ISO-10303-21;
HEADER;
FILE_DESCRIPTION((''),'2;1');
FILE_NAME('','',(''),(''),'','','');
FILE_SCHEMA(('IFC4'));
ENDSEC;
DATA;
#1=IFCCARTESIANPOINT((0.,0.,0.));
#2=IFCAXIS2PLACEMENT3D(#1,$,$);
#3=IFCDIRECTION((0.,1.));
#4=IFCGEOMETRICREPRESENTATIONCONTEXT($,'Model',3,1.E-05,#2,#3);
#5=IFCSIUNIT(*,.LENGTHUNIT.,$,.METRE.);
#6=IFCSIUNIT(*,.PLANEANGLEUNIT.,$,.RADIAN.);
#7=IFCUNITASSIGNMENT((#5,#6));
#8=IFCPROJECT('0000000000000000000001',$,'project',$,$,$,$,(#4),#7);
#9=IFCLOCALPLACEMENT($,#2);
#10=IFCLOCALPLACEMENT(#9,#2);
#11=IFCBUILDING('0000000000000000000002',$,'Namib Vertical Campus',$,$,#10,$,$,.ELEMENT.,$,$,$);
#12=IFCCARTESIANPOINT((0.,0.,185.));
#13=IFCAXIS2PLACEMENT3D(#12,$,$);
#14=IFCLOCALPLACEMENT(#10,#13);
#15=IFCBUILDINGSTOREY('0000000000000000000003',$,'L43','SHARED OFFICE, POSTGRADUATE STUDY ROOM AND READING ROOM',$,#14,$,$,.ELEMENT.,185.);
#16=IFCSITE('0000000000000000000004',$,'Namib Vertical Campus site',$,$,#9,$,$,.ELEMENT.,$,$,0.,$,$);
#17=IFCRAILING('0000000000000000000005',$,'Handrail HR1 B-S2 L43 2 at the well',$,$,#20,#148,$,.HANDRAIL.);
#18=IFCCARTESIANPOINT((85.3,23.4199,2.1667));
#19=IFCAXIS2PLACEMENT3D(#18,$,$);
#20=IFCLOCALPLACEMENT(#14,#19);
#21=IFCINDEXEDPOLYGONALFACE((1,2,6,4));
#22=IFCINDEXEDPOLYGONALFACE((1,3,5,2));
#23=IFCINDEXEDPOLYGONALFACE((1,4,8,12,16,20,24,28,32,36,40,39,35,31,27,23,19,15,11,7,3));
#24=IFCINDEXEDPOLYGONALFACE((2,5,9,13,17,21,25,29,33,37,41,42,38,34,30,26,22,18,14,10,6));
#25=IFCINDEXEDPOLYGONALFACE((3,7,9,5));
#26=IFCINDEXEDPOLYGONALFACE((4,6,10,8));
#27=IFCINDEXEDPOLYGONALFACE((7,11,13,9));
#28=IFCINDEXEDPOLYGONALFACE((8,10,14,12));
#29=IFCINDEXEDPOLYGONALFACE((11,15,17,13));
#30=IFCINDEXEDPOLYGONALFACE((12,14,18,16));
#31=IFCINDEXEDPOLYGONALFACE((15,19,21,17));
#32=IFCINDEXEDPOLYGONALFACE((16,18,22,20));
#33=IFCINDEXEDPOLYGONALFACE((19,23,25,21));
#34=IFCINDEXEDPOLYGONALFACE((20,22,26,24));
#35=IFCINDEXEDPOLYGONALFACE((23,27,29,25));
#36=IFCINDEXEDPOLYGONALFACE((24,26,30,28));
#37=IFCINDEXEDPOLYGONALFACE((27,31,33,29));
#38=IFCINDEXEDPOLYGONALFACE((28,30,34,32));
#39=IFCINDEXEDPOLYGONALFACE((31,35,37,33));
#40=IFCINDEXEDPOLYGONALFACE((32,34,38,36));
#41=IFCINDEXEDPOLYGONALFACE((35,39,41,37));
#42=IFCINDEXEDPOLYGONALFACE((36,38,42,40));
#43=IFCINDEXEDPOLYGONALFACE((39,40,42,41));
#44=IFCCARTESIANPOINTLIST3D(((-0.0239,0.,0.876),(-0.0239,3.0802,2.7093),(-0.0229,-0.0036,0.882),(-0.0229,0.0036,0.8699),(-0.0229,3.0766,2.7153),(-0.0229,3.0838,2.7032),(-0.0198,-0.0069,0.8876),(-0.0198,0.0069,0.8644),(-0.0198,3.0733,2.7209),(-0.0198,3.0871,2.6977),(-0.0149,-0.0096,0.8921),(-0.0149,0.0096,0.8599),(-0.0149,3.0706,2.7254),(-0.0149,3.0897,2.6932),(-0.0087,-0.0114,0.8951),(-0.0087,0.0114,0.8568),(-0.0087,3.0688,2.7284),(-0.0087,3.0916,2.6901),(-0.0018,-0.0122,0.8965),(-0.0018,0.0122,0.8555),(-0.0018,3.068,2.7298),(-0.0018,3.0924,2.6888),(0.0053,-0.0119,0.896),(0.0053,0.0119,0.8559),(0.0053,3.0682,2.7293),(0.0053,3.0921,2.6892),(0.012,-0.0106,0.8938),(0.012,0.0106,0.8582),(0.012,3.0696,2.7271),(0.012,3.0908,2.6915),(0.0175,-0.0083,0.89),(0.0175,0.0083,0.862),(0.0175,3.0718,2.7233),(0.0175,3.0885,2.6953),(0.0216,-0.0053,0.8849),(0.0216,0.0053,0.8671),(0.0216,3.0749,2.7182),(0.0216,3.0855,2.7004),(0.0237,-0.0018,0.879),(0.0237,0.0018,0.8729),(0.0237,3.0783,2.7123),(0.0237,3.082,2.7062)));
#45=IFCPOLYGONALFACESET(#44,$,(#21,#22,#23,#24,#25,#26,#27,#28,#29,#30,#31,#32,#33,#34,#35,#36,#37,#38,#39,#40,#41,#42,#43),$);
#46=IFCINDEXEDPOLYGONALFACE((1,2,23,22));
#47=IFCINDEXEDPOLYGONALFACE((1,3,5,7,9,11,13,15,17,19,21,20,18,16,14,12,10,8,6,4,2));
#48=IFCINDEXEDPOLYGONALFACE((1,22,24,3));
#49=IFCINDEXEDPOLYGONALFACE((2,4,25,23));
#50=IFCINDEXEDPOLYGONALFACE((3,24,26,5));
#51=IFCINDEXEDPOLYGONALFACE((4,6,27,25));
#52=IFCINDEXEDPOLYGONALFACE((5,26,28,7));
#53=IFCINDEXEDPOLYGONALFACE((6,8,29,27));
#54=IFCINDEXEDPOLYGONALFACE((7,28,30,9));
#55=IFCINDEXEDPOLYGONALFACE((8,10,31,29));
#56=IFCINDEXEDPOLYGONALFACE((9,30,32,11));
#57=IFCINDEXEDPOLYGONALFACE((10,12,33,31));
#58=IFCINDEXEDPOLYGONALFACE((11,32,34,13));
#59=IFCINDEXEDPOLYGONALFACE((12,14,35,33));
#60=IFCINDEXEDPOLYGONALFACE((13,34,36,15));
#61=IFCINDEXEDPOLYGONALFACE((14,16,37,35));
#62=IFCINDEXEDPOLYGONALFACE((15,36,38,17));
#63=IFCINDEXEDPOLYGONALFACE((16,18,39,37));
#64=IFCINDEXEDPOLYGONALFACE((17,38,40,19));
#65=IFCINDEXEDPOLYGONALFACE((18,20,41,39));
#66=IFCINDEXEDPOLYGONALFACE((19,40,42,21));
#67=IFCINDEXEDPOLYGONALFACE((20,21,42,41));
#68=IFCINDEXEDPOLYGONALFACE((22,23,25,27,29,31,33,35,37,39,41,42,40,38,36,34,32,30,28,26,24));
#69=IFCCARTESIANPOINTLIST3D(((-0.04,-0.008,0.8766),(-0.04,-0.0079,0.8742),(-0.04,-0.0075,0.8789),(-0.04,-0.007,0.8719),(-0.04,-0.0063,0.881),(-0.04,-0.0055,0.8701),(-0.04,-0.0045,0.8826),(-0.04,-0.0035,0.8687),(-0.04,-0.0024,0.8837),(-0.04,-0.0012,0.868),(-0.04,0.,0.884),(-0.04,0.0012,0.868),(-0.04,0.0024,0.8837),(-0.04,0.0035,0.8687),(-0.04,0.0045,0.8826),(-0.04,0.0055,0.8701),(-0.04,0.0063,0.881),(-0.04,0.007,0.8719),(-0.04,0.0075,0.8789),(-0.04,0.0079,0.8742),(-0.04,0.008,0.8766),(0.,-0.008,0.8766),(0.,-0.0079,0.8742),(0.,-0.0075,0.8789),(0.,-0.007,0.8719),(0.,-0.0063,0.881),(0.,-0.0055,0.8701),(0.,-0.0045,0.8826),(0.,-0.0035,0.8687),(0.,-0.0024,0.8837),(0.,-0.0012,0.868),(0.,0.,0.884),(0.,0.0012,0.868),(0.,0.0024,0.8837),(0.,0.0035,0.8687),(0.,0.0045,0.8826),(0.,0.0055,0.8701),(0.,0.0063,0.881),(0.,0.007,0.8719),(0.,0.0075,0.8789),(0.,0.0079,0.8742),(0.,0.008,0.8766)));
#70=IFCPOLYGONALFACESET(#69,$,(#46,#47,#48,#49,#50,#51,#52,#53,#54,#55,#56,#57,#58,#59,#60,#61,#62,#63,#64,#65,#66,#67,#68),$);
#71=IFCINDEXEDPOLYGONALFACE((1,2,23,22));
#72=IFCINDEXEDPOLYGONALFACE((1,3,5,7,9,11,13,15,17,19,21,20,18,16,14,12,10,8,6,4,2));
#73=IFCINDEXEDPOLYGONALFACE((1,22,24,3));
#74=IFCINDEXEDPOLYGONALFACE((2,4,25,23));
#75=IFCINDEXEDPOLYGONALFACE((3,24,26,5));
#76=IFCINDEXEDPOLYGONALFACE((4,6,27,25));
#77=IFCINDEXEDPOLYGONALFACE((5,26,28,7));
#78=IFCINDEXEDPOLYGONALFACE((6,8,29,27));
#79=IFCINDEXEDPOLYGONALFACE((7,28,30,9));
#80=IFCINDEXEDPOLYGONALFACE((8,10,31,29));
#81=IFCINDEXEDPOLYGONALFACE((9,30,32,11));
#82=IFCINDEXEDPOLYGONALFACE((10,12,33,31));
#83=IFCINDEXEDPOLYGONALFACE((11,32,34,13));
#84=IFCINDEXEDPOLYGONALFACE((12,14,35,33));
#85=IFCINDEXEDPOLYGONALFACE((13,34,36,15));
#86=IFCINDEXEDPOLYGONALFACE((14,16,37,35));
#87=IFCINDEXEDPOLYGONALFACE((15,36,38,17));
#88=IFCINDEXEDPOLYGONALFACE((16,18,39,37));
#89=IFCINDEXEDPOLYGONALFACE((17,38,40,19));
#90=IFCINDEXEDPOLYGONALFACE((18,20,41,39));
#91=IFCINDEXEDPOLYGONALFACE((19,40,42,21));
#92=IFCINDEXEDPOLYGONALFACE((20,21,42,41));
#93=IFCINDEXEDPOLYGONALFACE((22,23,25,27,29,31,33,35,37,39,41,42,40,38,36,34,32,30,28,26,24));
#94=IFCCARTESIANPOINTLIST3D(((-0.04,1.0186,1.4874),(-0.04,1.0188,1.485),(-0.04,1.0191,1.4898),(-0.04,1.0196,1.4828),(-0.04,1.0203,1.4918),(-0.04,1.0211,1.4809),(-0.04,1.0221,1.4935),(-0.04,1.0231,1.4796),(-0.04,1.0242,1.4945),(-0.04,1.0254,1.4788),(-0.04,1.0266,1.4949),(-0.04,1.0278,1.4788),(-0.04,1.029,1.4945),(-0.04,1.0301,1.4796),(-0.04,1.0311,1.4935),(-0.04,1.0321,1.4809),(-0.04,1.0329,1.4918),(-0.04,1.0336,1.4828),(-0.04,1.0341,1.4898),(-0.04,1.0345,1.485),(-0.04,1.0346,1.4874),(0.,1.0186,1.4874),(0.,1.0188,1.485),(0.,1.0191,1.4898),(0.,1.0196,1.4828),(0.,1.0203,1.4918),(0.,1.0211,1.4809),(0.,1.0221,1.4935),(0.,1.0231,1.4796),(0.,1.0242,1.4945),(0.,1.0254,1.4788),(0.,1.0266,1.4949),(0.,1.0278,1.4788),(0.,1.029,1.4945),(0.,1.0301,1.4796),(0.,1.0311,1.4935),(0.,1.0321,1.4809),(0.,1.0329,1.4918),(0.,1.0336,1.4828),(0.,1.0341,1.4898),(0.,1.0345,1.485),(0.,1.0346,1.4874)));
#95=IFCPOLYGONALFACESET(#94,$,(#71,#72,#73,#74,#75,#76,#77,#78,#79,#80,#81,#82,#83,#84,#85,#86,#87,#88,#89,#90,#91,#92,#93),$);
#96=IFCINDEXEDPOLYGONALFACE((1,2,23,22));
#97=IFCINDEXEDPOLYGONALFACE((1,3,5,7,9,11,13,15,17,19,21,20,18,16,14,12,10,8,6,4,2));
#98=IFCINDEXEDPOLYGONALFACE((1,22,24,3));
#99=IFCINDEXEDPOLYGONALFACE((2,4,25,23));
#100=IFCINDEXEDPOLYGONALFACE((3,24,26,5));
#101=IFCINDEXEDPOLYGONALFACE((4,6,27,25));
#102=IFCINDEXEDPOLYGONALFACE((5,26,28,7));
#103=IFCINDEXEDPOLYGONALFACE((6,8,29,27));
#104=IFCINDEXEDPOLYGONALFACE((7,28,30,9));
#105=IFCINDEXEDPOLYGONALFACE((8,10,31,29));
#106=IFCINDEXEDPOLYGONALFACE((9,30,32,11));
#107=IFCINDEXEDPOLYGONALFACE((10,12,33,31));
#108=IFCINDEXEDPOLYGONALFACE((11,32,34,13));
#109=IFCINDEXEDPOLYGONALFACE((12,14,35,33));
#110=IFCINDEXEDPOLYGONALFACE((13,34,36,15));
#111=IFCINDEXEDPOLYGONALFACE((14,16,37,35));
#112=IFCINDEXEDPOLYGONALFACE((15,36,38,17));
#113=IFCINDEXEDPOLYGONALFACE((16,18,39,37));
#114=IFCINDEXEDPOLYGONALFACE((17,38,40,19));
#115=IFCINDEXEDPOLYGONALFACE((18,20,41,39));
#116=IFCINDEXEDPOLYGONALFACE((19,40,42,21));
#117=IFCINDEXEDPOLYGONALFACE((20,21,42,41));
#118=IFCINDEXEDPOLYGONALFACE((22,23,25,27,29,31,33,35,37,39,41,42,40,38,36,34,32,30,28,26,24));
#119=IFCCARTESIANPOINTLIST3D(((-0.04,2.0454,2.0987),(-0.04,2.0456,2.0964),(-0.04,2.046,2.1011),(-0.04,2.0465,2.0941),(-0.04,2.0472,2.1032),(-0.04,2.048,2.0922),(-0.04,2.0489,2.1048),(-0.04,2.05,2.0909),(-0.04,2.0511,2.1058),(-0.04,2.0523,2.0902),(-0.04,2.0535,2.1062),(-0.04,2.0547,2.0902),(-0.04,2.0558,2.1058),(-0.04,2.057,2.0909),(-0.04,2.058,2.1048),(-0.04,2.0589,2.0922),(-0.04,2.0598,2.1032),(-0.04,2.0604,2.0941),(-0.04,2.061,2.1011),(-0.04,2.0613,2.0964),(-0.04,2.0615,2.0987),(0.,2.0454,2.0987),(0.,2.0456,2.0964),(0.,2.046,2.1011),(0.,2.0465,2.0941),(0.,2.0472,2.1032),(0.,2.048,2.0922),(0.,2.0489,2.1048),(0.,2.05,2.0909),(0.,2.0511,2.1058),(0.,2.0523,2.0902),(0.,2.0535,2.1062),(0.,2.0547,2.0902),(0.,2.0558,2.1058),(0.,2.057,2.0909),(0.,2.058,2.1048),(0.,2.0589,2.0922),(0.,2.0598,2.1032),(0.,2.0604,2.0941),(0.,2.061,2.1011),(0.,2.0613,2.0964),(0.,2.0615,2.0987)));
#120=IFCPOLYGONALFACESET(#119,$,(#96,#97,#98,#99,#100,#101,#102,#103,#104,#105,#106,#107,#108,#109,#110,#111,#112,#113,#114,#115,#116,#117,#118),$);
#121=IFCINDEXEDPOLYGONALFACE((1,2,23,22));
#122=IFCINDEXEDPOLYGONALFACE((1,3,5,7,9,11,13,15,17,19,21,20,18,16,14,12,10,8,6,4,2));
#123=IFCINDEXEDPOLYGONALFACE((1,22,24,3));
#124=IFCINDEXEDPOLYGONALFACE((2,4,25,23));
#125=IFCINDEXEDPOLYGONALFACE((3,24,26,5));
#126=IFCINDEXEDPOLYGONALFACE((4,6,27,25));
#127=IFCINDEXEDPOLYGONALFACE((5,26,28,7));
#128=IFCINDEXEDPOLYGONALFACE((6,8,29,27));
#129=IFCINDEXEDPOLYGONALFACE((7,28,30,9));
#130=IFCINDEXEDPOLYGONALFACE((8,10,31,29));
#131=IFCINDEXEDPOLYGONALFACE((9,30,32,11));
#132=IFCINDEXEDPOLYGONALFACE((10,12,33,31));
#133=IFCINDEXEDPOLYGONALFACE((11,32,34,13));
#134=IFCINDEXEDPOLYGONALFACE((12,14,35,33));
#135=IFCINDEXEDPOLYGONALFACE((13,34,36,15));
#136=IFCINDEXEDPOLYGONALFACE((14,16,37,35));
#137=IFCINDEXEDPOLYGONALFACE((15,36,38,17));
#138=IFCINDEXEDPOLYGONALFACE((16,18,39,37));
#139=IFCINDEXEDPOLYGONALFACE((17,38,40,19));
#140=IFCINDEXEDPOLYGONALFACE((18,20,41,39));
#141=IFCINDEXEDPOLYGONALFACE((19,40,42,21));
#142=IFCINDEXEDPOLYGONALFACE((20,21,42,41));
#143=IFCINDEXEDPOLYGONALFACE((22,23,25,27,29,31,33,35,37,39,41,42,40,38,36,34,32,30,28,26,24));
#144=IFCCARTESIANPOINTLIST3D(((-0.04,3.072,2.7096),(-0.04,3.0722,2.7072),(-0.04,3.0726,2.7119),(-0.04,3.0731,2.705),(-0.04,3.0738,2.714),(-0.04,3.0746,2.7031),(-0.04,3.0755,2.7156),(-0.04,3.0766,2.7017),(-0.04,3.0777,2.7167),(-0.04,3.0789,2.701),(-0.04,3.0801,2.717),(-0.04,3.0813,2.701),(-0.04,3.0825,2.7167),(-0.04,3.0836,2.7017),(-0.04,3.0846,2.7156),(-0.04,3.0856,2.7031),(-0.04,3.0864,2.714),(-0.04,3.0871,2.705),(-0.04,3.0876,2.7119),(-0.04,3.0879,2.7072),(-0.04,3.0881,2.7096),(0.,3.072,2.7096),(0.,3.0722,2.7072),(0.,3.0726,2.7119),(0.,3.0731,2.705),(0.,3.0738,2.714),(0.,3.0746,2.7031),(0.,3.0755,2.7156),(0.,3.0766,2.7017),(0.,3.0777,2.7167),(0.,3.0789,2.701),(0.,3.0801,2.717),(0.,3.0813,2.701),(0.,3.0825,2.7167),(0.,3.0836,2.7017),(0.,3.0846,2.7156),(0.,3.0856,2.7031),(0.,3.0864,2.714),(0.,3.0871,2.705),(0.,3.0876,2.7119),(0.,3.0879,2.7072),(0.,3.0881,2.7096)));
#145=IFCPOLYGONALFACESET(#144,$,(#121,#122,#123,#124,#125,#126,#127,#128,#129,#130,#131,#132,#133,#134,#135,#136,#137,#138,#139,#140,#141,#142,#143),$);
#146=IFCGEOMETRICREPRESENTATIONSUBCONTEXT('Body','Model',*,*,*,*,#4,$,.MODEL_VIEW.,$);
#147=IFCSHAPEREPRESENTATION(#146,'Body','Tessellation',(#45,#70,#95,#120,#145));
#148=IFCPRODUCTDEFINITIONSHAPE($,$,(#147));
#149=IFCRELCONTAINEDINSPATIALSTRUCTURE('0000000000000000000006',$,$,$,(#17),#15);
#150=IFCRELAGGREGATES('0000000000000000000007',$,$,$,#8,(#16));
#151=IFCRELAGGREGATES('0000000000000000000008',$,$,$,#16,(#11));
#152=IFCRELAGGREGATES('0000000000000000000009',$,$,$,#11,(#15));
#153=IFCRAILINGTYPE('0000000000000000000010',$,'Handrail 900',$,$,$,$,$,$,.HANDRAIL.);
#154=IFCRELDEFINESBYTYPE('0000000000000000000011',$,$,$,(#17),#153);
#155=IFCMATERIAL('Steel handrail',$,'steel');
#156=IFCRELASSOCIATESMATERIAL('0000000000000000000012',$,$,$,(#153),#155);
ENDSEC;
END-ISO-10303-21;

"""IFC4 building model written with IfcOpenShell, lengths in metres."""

from ifc_helpers import new_model, si_unit, direction, frame, origin, origin_2d, place, context, subcontext, project, spatial, circle, extrude, material, type_object, element, save


model = new_model("IFC4")

# Units and contexts
model_context = context("Model", 3, precision=1e-05, world=origin(), true_north=direction((0.0, 1.0)))
body_context = subcontext(model_context, "Body", "Model", "MODEL_VIEW")
ifc_project = project(units=[si_unit("LENGTHUNIT", "METRE"), si_unit("PLANEANGLEUNIT", "RADIAN")], contexts=[model_context])

# Site, building, storey
site_placement = place(None, origin())
site = spatial("IfcSite", under=ifc_project, at=site_placement, Name="Namib Vertical Campus site", CompositionType="ELEMENT", RefElevation=0.0)
building_placement = place(site_placement, origin())
building = spatial("IfcBuilding", under=site, at=building_placement, Name="Namib Vertical Campus", CompositionType="ELEMENT")
storey_placement = place(building_placement, frame((0.0, 0.0, 185.0)))
storey = spatial("IfcBuildingStorey", under=building, at=storey_placement, Name="L43", Description="SHARED OFFICE, POSTGRADUATE STUDY ROOM AND READING ROOM", CompositionType="ELEMENT", Elevation=185.0)

# Railing
ifc_material_1 = material(Name="Steel handrail", Category="steel")
railing_type_1 = type_object("IfcRailingType", Name="Handrail 900", PredefinedType="HANDRAIL", material=ifc_material_1)
railing_1_placement = place(storey_placement, frame((85.3, 23.4199, 2.1667)))
element("IfcRailing", 1, at=railing_1_placement, inside=storey, type_object=railing_type_1, Name="Handrail HR1 B-S2 L43 2 at the well", PredefinedType="HANDRAIL", context=body_context, shape_type="SweptSolid", body=[
    extrude(circle(Radius=0.0239, at=origin_2d()), frame((0.0, 0.0, 0.876), z_axis=(0.0, 0.859309, 0.511458), x_axis=(-1.0, 0.0, 0.0)), (0.0, 0.0, 1.0), 3.5845),
    extrude(circle(Radius=0.0081, at=origin_2d()), frame((0.0, 0.0, 0.876), z_axis=(-1.0, 0.0, 0.0), x_axis=(0.0, 0.0, 1.0)), (0.0, 0.0, 1.0), 0.04),
    extrude(circle(Radius=0.0081, at=origin_2d()), frame((0.0, 1.0266, 1.4868), z_axis=(-1.0, 0.0, 0.0), x_axis=(0.0, 0.0, 1.0)), (0.0, 0.0, 1.0), 0.04),
    extrude(circle(Radius=0.0081, at=origin_2d()), frame((0.0, 2.0535, 2.0981), z_axis=(-1.0, 0.0, 0.0), x_axis=(0.0, 0.0, 1.0)), (0.0, 0.0, 1.0), 0.04),
    extrude(circle(Radius=0.0081, at=origin_2d()), frame((0.0, 3.0801, 2.709), z_axis=(-1.0, 0.0, 0.0), x_axis=(0.0, 0.0, 1.0)), (0.0, 0.0, 1.0), 0.04),
])

save(model, "model.ifc")
